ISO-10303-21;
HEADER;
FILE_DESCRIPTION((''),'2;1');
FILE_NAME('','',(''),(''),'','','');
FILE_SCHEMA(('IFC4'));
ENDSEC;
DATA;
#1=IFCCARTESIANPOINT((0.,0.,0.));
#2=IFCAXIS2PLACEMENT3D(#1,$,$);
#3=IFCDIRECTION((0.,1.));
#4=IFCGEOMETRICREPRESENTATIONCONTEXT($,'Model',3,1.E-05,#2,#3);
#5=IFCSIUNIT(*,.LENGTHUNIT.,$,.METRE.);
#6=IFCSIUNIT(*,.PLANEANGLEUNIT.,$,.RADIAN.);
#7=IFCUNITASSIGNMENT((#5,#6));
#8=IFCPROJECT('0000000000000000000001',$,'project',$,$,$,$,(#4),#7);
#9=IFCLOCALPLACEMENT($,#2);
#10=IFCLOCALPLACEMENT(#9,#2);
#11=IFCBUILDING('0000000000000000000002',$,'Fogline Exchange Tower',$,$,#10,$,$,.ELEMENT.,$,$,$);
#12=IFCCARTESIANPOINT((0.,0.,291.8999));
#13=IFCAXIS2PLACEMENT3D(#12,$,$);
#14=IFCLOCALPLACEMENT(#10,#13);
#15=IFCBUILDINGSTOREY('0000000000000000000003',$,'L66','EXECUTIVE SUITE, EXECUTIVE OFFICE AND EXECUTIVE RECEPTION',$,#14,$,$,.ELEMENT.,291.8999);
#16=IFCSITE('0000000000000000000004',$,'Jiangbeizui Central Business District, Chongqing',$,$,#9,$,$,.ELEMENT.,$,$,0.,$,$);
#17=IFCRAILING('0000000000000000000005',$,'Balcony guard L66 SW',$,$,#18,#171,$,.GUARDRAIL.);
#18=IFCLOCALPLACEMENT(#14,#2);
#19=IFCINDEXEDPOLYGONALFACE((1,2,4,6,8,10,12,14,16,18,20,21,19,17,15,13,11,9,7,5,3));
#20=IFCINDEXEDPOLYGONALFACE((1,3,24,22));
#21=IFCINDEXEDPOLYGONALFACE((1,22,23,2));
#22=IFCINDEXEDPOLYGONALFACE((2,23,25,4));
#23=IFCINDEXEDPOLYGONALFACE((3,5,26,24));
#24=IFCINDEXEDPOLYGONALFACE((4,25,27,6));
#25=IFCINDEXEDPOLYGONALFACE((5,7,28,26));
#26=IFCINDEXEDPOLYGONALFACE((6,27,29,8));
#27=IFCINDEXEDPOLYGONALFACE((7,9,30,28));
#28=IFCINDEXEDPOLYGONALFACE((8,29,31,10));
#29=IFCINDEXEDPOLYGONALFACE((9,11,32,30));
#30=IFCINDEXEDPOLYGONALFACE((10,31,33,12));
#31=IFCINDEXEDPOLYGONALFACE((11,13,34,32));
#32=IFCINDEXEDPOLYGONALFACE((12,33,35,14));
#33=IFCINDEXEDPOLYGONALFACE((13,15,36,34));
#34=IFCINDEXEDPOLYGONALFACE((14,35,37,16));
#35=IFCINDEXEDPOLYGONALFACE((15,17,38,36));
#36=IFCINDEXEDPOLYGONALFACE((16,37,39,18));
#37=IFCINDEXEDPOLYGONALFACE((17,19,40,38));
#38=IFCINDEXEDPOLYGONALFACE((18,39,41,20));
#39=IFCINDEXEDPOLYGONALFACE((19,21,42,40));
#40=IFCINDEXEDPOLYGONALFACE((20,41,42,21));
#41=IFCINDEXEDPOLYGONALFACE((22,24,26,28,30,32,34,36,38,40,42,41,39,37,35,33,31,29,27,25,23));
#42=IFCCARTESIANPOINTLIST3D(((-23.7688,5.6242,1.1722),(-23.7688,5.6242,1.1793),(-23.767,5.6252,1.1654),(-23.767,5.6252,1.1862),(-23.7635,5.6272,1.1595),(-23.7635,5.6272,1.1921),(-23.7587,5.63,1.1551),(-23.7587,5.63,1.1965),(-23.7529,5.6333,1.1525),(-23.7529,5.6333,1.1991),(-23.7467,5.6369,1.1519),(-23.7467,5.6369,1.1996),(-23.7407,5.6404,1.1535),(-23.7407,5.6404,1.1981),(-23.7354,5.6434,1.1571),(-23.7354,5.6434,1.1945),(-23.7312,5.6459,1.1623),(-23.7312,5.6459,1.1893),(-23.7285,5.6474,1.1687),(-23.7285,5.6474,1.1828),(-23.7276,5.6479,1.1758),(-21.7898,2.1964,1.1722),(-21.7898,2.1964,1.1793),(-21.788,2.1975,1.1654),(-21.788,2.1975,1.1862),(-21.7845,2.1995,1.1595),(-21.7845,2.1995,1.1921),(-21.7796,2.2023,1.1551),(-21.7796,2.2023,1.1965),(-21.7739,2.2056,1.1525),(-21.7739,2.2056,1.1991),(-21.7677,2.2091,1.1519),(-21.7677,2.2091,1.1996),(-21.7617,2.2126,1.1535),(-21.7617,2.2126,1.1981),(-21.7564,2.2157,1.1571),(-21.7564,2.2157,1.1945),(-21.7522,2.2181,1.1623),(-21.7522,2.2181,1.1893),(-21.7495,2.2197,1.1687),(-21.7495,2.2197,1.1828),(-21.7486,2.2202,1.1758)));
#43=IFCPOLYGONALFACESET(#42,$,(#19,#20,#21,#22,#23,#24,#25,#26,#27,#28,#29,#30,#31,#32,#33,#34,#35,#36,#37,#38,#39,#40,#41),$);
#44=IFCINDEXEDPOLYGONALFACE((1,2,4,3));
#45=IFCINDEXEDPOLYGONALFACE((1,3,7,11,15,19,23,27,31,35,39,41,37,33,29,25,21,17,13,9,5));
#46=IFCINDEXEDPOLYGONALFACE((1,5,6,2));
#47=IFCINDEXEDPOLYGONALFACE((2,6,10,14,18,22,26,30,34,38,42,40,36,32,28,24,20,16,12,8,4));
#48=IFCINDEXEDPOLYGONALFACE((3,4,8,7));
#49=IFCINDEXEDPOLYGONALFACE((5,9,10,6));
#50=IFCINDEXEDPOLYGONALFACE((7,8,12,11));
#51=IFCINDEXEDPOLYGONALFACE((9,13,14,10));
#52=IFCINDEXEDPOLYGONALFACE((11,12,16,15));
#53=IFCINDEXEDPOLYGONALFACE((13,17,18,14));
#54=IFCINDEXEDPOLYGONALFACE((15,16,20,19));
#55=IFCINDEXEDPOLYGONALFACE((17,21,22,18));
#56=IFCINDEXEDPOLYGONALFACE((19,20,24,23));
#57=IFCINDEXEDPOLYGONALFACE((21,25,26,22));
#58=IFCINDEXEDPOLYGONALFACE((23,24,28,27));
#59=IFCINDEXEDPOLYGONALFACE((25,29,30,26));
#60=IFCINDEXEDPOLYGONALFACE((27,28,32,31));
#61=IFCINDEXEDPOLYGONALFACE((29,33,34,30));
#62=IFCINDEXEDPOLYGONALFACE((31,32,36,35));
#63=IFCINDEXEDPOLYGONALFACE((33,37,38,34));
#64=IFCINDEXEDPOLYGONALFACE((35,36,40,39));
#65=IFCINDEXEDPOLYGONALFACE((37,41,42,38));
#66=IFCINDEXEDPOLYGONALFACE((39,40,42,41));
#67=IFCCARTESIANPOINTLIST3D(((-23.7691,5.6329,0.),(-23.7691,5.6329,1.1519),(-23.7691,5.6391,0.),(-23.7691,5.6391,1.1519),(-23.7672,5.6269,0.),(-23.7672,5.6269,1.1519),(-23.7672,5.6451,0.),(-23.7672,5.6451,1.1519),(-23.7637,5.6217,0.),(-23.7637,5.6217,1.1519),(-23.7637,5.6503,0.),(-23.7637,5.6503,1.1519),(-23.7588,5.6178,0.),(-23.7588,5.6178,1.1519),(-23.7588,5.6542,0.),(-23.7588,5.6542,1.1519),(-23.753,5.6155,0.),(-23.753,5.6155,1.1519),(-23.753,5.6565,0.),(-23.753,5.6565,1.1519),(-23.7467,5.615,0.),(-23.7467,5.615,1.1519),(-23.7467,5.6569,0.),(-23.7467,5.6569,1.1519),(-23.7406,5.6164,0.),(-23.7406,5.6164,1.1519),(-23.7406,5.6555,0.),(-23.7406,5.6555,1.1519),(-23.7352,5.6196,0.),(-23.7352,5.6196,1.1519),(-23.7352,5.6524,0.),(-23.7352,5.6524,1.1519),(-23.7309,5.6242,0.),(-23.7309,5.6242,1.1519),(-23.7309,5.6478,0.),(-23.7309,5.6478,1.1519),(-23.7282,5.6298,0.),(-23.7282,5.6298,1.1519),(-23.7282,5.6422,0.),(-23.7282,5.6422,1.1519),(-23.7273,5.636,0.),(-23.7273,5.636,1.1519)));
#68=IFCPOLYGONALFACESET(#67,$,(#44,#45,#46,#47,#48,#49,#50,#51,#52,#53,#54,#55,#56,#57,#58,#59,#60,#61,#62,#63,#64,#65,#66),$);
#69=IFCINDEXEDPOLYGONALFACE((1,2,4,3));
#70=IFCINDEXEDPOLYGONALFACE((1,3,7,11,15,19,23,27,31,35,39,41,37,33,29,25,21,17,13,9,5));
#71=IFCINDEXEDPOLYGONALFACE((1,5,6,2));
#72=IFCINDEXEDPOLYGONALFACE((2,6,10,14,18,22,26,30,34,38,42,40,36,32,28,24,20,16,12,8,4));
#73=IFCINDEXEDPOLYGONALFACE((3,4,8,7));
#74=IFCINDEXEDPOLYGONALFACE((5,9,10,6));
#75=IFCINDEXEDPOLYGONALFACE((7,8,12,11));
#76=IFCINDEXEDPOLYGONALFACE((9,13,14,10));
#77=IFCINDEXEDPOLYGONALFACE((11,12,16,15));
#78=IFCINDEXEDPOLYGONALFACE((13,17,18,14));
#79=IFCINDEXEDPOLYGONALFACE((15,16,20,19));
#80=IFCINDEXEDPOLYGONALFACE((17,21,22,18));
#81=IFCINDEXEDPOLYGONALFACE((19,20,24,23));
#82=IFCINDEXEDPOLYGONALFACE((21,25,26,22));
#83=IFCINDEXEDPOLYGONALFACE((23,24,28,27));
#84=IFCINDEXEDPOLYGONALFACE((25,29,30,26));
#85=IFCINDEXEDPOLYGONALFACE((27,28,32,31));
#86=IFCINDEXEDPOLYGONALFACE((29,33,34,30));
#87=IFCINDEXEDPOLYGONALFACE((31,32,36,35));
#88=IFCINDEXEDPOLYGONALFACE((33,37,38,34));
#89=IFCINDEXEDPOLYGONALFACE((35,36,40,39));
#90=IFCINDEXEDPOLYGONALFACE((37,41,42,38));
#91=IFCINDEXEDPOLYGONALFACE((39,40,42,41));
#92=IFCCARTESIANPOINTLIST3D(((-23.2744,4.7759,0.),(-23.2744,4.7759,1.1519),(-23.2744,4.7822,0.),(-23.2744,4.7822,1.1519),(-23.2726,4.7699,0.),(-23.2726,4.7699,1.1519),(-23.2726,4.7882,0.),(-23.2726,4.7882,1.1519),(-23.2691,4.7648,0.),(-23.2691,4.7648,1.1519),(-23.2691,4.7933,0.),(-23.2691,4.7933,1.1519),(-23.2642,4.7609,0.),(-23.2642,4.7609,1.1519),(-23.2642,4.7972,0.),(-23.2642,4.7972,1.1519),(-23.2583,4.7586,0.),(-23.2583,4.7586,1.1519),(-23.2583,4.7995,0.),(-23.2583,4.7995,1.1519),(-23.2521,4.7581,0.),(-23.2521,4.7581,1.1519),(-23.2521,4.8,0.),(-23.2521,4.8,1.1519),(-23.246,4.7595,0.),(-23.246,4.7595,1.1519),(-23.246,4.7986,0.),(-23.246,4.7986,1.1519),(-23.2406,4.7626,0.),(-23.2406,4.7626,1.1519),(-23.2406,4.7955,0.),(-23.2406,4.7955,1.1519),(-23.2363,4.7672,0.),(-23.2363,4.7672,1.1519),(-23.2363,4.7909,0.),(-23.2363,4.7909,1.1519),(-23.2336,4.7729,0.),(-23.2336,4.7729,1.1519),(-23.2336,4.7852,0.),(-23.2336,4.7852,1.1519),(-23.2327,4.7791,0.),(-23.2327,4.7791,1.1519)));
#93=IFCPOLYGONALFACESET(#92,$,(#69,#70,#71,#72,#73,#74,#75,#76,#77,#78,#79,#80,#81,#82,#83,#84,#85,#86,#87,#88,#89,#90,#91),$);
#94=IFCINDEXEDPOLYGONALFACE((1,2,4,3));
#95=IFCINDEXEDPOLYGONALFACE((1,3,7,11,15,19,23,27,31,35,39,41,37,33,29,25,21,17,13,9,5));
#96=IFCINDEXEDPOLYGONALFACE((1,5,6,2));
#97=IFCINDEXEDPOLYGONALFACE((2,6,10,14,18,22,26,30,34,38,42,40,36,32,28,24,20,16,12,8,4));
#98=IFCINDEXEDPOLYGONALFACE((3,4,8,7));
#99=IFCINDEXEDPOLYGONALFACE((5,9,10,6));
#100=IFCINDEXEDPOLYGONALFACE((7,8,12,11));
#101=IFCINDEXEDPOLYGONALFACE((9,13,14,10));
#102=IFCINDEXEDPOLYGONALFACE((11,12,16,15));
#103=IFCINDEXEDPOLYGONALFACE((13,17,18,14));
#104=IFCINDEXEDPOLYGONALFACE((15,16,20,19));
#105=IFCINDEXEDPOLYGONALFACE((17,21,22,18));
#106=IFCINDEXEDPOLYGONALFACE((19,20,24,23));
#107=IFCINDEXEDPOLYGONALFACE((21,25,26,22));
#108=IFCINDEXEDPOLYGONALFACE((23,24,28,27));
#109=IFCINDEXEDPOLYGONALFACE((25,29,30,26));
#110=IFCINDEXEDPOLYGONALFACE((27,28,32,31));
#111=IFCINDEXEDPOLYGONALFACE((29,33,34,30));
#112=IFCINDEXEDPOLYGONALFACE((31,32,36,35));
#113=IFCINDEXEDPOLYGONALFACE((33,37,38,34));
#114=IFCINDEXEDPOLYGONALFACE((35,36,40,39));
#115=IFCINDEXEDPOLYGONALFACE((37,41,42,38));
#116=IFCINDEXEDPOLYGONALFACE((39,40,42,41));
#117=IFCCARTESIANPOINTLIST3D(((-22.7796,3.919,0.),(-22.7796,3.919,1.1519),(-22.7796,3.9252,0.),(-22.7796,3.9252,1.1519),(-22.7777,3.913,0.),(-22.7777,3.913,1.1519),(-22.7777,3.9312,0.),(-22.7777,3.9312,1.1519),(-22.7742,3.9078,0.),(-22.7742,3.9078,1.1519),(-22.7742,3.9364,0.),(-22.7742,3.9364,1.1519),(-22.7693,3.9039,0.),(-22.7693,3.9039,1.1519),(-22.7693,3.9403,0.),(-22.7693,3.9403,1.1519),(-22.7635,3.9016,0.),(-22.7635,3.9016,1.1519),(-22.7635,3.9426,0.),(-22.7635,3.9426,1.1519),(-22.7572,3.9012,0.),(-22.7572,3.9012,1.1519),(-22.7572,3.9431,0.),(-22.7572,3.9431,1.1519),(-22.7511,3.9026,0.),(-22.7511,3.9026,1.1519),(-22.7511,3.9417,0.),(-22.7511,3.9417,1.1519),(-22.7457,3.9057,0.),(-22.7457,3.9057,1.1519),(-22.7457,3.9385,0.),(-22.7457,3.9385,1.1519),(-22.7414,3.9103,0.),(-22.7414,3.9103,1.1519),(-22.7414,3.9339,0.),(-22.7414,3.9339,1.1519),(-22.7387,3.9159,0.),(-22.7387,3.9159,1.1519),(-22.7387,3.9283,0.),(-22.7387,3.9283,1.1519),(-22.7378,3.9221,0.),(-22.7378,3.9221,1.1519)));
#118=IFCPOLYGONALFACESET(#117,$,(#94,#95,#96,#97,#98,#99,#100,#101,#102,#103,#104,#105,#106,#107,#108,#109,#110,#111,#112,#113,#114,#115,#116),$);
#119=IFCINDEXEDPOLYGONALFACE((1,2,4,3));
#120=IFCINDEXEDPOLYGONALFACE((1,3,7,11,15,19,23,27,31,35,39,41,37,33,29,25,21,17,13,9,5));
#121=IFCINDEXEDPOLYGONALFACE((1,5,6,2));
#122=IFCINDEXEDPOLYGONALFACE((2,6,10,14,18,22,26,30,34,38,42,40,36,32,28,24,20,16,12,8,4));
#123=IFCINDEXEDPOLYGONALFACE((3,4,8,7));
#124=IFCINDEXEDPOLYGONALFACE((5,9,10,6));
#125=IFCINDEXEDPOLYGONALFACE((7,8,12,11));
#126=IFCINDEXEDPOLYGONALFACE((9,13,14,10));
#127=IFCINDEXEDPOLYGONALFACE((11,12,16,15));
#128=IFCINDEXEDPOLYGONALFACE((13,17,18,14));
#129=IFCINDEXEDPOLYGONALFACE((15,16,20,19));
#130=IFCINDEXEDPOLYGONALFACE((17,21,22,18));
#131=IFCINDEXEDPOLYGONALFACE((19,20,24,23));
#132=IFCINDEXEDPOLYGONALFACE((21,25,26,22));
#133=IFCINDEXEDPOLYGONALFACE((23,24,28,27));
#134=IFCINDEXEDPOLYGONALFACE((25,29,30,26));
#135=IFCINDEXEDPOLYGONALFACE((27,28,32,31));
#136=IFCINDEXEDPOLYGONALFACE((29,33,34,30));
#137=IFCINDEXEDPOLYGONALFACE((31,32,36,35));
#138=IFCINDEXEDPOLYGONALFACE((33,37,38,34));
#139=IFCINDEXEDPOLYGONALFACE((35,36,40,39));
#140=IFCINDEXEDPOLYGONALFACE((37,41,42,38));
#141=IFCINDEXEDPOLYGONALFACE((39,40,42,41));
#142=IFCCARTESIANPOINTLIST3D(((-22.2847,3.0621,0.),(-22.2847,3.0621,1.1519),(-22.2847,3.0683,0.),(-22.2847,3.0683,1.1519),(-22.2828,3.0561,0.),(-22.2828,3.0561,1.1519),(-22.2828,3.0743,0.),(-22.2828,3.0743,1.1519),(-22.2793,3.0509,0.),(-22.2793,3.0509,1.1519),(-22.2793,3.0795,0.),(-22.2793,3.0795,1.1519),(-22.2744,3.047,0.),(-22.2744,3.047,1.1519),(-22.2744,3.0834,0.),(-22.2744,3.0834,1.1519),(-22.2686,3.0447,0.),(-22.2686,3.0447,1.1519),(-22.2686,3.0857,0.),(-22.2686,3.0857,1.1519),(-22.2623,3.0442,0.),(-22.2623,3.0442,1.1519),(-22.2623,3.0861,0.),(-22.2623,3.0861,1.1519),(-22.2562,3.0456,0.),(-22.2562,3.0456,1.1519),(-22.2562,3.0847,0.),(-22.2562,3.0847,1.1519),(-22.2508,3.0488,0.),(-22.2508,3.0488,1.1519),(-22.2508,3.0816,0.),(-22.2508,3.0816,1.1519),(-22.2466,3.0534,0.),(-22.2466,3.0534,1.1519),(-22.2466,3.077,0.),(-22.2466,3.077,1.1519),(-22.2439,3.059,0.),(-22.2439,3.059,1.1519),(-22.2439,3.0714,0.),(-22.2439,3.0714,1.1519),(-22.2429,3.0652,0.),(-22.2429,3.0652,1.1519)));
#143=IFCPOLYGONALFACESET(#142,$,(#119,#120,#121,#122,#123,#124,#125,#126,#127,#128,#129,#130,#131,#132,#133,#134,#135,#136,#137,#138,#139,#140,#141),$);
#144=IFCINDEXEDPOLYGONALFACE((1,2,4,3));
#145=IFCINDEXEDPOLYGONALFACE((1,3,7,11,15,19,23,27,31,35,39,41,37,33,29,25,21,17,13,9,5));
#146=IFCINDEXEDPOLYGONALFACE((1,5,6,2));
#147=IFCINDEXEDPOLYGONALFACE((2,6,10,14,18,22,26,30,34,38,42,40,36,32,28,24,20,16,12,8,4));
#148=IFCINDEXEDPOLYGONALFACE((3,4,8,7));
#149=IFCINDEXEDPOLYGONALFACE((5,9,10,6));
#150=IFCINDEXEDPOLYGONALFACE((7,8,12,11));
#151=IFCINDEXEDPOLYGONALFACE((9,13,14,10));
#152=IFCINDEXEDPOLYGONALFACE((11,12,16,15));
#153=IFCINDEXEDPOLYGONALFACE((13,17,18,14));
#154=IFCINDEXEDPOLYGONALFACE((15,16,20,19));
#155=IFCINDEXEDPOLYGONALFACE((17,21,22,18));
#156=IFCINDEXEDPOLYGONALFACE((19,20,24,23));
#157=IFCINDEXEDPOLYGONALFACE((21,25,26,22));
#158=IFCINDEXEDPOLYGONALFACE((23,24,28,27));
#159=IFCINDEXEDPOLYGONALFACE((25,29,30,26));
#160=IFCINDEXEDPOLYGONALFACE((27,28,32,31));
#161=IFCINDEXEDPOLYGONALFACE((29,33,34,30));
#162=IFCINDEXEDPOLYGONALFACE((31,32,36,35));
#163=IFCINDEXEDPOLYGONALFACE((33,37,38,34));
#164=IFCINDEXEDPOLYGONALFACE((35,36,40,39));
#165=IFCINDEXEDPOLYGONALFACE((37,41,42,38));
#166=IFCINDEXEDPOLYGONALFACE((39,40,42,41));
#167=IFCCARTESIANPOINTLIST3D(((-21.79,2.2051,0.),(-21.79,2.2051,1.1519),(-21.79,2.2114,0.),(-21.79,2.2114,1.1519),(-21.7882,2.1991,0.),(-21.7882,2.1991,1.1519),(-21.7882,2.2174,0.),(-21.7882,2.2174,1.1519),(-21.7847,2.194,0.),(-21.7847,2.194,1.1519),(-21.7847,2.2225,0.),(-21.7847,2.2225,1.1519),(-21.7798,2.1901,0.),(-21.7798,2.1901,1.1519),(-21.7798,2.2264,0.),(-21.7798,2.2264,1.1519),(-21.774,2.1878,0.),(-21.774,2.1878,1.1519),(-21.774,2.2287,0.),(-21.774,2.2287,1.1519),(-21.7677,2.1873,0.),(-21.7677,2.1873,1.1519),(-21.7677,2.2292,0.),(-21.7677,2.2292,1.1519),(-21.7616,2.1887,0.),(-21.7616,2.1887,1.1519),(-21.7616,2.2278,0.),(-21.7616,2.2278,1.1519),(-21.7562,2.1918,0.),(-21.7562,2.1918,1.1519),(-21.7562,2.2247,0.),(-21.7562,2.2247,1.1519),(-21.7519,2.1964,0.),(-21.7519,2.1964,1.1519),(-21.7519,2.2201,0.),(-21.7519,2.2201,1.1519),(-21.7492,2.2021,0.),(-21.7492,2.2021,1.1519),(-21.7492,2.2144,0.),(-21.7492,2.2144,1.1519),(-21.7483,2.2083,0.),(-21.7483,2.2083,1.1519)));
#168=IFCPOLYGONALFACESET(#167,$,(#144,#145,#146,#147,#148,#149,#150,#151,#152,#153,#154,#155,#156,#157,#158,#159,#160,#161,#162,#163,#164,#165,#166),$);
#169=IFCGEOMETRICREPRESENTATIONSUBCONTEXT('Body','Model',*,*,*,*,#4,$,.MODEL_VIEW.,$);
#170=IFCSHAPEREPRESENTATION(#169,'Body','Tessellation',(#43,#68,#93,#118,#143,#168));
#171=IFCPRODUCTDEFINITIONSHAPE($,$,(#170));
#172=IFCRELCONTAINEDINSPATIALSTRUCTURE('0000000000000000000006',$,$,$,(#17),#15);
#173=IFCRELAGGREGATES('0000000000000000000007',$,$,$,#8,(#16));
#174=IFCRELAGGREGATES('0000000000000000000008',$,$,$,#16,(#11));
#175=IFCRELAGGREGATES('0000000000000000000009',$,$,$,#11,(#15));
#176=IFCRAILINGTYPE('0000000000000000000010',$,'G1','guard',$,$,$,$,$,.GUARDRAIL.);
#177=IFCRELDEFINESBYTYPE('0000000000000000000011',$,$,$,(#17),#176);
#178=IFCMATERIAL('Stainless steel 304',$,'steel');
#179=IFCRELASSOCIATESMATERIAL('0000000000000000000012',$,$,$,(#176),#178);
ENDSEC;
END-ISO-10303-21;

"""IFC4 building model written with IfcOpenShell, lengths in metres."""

from ifc_helpers import new_model, si_unit, direction, frame, origin, origin_2d, place, context, subcontext, project, spatial, circle, extrude, material, type_object, element, save


model = new_model("IFC4")

# Units and contexts
model_context = context("Model", 3, precision=1e-05, world=origin(), true_north=direction((0.0, 1.0)))
body_context = subcontext(model_context, "Body", "Model", "MODEL_VIEW")
ifc_project = project(units=[si_unit("LENGTHUNIT", "METRE"), si_unit("PLANEANGLEUNIT", "RADIAN")], contexts=[model_context])

# Site, building, storey
site_placement = place(None, origin())
site = spatial("IfcSite", under=ifc_project, at=site_placement, Name="Jiangbeizui Central Business District, Chongqing", CompositionType="ELEMENT", RefElevation=0.0)
building_placement = place(site_placement, origin())
building = spatial("IfcBuilding", under=site, at=building_placement, Name="Fogline Exchange Tower", CompositionType="ELEMENT")
storey_placement = place(building_placement, frame((0.0, 0.0, 291.8999)))
storey = spatial("IfcBuildingStorey", under=building, at=storey_placement, Name="L66", Description="EXECUTIVE SUITE, EXECUTIVE OFFICE AND EXECUTIVE RECEPTION", CompositionType="ELEMENT", Elevation=291.8999)

# Railing
ifc_material_1 = material(Name="Stainless steel 304", Category="steel")
railing_type = type_object("IfcRailingType", Name="G1", Description="guard", PredefinedType="GUARDRAIL", material=ifc_material_1)
railing_placement = place(storey_placement, frame((-23.7483, 5.636, 0.0)))
element("IfcRailing", 1, at=railing_placement, inside=storey, type_object=railing_type, Name="Balcony guard L66 SW", PredefinedType="GUARDRAIL", context=body_context, shape_type="SweptSolid", body=[
    extrude(circle(Radius=0.0239, at=origin_2d()), frame((0.0, 0.0, 1.1758), z_axis=(0.5, -0.866025, 0.0), x_axis=(0.866025, 0.5, 0.0)), (0.0, 0.0, 1.0), 3.958),
    extrude(circle(Radius=0.021, at=origin_2d()), origin(), (0.0, 0.0, 1.0), 1.1519),
    extrude(circle(Radius=0.021, at=origin_2d()), frame((0.4946, -0.8569, 0.0)), (0.0, 0.0, 1.0), 1.1519),
    extrude(circle(Radius=0.021, at=origin_2d()), frame((0.9895, -1.7139, 0.0)), (0.0, 0.0, 1.0), 1.1519),
    extrude(circle(Radius=0.021, at=origin_2d()), frame((1.4844, -2.5708, 0.0)), (0.0, 0.0, 1.0), 1.1519),
    extrude(circle(Radius=0.021, at=origin_2d()), frame((1.979, -3.4277, 0.0)), (0.0, 0.0, 1.0), 1.1519),
])

save(model, "model.ifc")
